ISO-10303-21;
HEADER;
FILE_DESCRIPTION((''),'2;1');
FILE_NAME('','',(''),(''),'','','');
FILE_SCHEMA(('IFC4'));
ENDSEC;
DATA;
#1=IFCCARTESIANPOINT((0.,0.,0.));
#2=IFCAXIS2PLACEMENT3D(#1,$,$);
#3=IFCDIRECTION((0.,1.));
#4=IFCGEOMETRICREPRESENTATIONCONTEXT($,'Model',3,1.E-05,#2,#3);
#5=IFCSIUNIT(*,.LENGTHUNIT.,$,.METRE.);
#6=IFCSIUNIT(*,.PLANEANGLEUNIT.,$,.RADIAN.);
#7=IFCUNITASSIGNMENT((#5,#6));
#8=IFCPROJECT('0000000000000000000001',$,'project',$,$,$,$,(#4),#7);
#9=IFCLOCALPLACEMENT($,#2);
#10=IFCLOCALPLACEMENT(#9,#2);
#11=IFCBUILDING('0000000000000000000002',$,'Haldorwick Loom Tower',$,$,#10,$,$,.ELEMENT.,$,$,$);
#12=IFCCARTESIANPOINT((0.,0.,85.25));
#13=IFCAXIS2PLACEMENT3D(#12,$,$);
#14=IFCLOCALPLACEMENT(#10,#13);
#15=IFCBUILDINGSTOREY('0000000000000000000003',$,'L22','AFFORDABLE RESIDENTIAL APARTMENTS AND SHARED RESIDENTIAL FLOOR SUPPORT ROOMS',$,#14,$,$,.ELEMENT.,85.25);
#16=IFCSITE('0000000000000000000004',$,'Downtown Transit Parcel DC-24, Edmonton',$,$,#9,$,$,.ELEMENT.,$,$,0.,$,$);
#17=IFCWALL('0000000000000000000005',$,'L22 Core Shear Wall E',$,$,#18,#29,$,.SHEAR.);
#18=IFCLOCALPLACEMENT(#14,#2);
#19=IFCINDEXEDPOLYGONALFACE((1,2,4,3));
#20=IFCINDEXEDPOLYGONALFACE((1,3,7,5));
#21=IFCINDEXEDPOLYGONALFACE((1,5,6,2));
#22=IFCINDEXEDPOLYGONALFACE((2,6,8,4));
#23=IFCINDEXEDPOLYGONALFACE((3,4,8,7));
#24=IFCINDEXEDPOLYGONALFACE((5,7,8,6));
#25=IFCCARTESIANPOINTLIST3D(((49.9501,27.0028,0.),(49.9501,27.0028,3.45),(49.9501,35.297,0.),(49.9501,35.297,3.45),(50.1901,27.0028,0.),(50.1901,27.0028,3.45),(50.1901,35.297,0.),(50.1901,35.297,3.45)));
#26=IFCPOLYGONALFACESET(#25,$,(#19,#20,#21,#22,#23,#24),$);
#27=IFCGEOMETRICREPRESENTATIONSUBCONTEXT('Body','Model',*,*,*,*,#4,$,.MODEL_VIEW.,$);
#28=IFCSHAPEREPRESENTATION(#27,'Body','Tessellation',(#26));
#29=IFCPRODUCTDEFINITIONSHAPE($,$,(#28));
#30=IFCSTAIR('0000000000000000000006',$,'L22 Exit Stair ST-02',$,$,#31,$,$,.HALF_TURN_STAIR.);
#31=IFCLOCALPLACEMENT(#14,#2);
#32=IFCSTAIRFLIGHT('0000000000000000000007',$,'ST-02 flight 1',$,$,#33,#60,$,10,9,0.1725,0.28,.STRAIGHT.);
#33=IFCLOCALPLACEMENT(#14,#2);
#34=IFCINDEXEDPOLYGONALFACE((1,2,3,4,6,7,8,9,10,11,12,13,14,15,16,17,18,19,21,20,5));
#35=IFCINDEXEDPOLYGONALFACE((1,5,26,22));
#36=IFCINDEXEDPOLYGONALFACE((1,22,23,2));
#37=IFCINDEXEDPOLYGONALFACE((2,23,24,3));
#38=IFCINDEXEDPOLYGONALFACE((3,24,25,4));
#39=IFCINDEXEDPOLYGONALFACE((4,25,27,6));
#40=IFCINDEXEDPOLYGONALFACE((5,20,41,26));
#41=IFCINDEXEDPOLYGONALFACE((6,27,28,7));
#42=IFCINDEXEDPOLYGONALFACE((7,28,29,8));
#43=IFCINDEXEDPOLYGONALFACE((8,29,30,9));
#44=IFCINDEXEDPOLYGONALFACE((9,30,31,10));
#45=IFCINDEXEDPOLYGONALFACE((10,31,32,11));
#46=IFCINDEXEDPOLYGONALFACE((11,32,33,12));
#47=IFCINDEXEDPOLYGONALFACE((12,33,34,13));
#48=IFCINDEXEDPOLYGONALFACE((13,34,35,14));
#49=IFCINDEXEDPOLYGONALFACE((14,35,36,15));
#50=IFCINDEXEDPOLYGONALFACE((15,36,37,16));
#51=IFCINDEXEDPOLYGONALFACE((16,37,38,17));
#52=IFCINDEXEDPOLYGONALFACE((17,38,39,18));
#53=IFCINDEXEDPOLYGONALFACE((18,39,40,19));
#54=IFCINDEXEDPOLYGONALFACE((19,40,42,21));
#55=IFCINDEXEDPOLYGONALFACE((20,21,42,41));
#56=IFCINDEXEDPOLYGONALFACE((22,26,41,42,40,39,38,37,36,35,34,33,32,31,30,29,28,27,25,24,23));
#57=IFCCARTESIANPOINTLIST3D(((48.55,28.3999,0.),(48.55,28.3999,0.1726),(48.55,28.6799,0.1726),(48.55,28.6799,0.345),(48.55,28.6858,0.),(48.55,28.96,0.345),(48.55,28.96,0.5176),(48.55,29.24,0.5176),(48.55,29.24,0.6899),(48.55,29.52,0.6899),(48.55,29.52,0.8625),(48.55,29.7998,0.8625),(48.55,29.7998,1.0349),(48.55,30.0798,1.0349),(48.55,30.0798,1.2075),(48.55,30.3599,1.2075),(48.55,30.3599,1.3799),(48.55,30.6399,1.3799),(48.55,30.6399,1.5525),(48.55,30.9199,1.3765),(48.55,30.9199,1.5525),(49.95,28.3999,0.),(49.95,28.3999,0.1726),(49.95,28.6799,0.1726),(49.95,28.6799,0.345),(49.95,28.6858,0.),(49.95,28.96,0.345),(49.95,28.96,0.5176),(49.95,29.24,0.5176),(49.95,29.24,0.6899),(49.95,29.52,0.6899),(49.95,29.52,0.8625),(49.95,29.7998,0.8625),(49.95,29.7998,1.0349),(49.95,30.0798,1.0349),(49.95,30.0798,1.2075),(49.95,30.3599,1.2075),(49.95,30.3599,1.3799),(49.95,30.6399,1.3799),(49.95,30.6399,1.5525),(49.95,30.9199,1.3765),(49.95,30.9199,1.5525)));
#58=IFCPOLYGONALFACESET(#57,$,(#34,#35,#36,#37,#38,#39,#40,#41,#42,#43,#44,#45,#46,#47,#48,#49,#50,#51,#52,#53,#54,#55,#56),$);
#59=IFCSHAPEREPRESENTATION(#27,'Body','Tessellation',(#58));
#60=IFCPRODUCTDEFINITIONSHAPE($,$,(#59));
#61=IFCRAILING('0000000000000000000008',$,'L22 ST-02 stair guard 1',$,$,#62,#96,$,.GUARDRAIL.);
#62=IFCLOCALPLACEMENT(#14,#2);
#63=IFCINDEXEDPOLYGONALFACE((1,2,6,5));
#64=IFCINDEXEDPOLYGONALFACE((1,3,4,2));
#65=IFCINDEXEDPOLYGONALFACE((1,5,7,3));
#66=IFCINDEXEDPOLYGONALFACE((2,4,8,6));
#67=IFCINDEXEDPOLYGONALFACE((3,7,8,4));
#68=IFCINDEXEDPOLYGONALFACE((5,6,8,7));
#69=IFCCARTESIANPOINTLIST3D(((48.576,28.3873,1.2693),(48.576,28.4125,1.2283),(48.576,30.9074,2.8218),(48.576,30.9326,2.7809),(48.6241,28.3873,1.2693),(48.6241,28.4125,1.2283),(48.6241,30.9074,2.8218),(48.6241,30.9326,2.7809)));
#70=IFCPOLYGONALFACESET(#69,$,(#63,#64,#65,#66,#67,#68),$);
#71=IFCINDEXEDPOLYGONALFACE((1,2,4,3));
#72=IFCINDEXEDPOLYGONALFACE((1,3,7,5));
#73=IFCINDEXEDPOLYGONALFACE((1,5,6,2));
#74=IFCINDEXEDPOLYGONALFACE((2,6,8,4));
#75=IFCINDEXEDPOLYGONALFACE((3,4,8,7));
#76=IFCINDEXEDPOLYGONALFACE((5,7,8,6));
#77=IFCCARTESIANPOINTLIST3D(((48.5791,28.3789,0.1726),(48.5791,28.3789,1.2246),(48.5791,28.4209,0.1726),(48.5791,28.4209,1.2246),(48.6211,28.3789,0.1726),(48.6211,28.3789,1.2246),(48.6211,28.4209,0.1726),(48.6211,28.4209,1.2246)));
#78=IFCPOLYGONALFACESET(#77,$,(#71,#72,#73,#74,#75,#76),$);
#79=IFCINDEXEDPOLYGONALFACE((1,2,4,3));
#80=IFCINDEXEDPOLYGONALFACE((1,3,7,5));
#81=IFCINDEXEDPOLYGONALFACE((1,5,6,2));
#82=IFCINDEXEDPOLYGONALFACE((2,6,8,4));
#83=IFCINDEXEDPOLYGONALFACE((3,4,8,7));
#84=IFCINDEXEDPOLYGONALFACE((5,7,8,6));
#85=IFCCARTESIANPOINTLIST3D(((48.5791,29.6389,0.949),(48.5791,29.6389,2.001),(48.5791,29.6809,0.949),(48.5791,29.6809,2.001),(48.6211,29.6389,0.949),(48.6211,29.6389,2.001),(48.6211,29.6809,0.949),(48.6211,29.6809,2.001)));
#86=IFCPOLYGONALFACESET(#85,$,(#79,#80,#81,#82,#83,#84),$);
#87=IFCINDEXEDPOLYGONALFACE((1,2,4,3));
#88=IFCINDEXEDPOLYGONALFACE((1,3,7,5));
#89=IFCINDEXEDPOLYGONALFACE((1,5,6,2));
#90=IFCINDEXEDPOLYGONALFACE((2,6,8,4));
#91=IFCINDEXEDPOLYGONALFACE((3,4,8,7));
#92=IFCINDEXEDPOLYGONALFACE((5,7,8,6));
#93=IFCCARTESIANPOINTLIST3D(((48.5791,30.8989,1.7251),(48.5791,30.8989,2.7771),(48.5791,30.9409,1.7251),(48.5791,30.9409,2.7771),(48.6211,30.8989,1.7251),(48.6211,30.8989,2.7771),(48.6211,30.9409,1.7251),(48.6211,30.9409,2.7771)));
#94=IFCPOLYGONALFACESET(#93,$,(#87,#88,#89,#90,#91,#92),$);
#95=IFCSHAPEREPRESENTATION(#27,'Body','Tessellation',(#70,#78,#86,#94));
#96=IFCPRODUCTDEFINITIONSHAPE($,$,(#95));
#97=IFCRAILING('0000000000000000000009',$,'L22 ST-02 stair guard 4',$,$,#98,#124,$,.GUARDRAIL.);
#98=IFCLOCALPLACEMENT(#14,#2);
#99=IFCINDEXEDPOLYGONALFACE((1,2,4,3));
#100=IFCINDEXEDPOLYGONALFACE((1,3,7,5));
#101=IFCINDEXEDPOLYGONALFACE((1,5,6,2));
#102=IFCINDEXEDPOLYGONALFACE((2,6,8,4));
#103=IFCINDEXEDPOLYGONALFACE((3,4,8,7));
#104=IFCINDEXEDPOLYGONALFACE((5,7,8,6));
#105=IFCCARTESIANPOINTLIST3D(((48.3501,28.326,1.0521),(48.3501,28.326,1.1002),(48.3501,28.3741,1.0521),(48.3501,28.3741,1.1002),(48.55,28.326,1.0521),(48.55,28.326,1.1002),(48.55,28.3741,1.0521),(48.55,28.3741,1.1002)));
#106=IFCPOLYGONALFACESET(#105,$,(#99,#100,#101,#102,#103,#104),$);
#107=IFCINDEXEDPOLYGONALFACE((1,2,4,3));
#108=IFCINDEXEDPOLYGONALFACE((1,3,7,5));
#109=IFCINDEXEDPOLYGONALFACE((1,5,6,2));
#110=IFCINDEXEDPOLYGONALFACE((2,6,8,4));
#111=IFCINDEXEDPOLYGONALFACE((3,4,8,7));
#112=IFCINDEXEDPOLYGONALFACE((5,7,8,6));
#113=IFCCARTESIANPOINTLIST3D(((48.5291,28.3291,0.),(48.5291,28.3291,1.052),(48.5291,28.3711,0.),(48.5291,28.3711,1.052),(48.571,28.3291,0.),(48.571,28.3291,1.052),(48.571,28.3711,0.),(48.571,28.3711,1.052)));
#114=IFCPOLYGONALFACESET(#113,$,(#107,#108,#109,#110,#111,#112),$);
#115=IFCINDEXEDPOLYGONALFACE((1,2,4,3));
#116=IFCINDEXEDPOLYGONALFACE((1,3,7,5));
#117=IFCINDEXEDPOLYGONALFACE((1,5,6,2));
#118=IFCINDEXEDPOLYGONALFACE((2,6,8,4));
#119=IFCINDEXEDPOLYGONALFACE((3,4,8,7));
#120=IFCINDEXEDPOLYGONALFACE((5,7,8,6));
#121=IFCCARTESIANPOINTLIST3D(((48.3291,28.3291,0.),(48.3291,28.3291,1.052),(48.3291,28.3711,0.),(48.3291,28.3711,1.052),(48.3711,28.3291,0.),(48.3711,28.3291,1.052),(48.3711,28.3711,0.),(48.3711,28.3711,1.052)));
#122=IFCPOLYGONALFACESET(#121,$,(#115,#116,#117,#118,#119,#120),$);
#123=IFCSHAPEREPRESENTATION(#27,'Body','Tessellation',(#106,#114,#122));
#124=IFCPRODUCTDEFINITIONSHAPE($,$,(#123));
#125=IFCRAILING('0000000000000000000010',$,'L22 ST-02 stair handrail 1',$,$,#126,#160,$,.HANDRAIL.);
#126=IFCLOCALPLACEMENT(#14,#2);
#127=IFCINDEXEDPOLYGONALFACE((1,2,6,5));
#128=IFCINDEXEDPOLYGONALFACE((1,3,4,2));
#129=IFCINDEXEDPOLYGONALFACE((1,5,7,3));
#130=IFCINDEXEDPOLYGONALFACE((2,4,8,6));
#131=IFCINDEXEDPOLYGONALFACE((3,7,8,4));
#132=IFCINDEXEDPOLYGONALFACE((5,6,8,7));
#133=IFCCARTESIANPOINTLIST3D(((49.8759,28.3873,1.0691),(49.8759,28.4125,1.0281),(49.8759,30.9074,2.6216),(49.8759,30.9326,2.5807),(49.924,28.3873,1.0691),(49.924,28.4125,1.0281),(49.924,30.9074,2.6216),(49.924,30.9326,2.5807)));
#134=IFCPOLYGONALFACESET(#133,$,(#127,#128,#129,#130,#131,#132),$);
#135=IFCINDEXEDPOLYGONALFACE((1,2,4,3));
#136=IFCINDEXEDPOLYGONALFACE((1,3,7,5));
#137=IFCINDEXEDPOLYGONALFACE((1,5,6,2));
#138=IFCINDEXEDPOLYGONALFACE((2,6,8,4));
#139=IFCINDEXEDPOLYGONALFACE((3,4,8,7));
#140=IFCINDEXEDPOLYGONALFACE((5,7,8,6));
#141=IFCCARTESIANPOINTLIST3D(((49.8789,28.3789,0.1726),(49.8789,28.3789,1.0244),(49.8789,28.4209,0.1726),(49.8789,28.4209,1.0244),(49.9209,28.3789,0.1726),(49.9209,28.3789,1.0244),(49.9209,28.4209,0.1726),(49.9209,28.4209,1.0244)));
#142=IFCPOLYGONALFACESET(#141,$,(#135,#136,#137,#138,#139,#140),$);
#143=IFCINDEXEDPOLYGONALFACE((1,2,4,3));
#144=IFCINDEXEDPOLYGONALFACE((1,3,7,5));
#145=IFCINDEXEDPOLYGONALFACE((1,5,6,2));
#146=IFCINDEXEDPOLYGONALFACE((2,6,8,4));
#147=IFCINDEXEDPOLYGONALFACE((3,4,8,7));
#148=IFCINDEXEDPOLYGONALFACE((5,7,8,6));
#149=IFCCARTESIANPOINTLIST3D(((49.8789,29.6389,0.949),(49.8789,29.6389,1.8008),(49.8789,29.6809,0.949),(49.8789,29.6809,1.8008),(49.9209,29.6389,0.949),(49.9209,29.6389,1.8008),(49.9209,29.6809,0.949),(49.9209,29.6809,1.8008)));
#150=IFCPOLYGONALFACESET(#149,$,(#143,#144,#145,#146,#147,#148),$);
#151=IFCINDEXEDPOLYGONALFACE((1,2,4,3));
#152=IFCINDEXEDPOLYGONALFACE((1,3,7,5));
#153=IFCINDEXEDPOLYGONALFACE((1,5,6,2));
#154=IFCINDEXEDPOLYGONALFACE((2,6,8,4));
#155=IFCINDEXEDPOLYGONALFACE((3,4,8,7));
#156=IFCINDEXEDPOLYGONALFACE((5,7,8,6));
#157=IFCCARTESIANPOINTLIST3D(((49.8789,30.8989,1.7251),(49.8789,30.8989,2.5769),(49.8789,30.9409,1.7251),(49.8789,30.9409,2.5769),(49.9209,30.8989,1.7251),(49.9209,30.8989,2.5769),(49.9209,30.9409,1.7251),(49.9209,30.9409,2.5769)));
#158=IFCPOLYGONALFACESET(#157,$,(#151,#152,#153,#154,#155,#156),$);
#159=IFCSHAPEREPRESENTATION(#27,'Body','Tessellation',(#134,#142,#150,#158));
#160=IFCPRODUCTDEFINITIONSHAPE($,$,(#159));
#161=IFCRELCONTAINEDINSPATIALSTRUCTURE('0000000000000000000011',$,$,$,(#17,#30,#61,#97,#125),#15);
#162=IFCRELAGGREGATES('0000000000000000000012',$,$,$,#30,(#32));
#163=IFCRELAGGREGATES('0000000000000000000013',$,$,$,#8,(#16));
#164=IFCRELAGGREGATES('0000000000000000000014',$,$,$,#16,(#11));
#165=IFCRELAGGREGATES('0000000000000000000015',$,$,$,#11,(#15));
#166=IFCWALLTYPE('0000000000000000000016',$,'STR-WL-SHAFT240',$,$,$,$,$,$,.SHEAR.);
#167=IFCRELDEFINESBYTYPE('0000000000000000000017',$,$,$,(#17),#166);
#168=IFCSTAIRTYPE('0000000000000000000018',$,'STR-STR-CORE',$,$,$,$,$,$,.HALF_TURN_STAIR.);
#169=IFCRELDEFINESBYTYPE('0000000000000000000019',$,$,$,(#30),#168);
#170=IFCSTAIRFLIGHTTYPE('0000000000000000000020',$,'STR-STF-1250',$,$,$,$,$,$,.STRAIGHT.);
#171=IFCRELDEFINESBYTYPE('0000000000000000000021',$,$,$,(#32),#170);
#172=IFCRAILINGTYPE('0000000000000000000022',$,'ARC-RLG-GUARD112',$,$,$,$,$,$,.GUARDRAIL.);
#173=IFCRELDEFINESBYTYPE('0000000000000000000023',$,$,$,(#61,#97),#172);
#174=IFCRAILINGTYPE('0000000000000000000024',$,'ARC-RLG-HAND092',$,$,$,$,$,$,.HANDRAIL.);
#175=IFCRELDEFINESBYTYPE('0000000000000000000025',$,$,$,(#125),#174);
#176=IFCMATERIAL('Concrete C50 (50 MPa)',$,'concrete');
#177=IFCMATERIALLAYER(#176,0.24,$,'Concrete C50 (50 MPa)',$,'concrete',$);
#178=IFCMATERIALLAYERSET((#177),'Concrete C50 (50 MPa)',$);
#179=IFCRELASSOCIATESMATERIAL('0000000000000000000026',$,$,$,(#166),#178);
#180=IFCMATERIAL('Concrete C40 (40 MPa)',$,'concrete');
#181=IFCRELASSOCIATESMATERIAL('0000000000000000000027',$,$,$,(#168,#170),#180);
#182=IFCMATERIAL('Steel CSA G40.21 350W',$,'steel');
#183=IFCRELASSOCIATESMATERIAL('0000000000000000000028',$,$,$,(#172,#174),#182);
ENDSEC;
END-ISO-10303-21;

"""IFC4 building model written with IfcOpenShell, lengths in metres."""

from ifc_helpers import new_model, si_unit, direction, frame, frame_2d, origin, origin_2d, place, context, subcontext, project, spatial, polyline, rectangle, outline, extrude, material, layer, layer_set, type_object, element, aggregate, save


model = new_model("IFC4")

# Units and contexts
model_context = context("Model", 3, precision=1e-05, world=origin(), true_north=direction((0.0, 1.0)))
body_context = subcontext(model_context, "Body", "Model", "MODEL_VIEW")
ifc_project = project(units=[si_unit("LENGTHUNIT", "METRE"), si_unit("PLANEANGLEUNIT", "RADIAN")], contexts=[model_context])

# Site, building, storey
site_placement = place(None, origin())
site = spatial("IfcSite", under=ifc_project, at=site_placement, Name="Downtown Transit Parcel DC-24, Edmonton", CompositionType="ELEMENT", RefElevation=0.0)
building_placement = place(site_placement, origin())
building = spatial("IfcBuilding", under=site, at=building_placement, Name="Haldorwick Loom Tower", CompositionType="ELEMENT")
storey_placement = place(building_placement, frame((0.0, 0.0, 85.25)))
storey = spatial("IfcBuildingStorey", under=building, at=storey_placement, Name="L22", Description="AFFORDABLE RESIDENTIAL APARTMENTS AND SHARED RESIDENTIAL FLOOR SUPPORT ROOMS", CompositionType="ELEMENT", Elevation=85.25)

# Shared definitions
ifc_material_1 = material(Name="Steel CSA G40.21 350W", Category="steel")

# Wall
ifc_material_2 = material(Name="Concrete C50 (50 MPa)", Category="concrete")
ifc_layer_1 = layer(ifc_material_2, 0.24, Name="Concrete C50 (50 MPa)", Category="concrete")
ifc_layer_set_1 = layer_set([ifc_layer_1], Name="Concrete C50 (50 MPa)")
wall_type_1 = type_object("IfcWallType", Name="STR-WL-SHAFT240", PredefinedType="SHEAR", material=ifc_layer_set_1)
wall_1_placement = place(storey_placement, frame((50.0701, 27.0029, 0.0), z_axis=(0.0, 0.0, 1.0), x_axis=(0.0, 1.0, 0.0)))
element("IfcWall", 1, at=wall_1_placement, inside=storey, type_object=wall_type_1, Name="L22 Core Shear Wall E", PredefinedType="SHEAR", context=body_context, shape_type="SweptSolid", body=[
    extrude(rectangle(XDim=8.2942, YDim=0.24, at=frame_2d((4.147, 0.0))), origin(), (0.0, 0.0, 1.0), 3.45),
])

# Stair, stair flight
ifc_material_3 = material(Name="Concrete C40 (40 MPa)", Category="concrete")
stair_type = type_object("IfcStairType", Name="STR-STR-CORE", PredefinedType="HALF_TURN_STAIR", material=ifc_material_3)
stair_placement = place(storey_placement, origin())
stair = element("IfcStair", 2, at=stair_placement, inside=storey, type_object=stair_type, Name="L22 Exit Stair ST-02", PredefinedType="HALF_TURN_STAIR")
stair_flight_type = type_object("IfcStairFlightType", Name="STR-STF-1250", PredefinedType="STRAIGHT", material=ifc_material_3)
stair_flight_placement = place(storey_placement, frame((49.25, 28.3999, 0.0), z_axis=(0.0, 0.0, 1.0), x_axis=(0.0, 1.0, 0.0)))
stair_flight = element("IfcStairFlight", 3, at=stair_flight_placement, type_object=stair_flight_type, Name="ST-02 flight 1", NumberOfRisers=10, NumberOfTreads=9, PredefinedType="STRAIGHT", RiserHeight=0.1725, TreadLength=0.28, context=body_context, shape_type="SweptSolid", body=[
    extrude(outline(polyline([(0.0, 0.0), (0.0, 0.1726), (0.28, 0.1726), (0.28, 0.345), (0.5601, 0.345), (0.5601, 0.5176), (0.8401, 0.5176), (0.8401, 0.6899), (1.1201, 0.6899), (1.1201, 0.8625), (1.3999, 0.8625), (1.3999, 1.0349), (1.6799, 1.0349), (1.6799, 1.2075), (1.96, 1.2075), (1.96, 1.3799), (2.24, 1.3799), (2.24, 1.5525), (2.52, 1.5525), (2.52, 1.7251), (2.52, 1.3765), (0.2859, 0.0), (0.0, 0.0)])), frame((0.0, 0.7, 0.0), z_axis=(0.0, -1.0, 0.0), x_axis=(1.0, 0.0, 0.0)), (0.0, 0.0, 1.0), 1.3999),
])
aggregate(stair, [stair_flight])

# Railings
railing_type_1 = type_object("IfcRailingType", Name="ARC-RLG-GUARD112", PredefinedType="GUARDRAIL", material=ifc_material_1)
railing_1_placement = place(storey_placement, frame((48.6001, 28.3999, 0.1726)))
element("IfcRailing", 4, at=railing_1_placement, inside=storey, type_object=railing_type_1, Name="L22 ST-02 stair guard 1", PredefinedType="GUARDRAIL", context=body_context, shape_type="SweptSolid", body=[
    extrude(rectangle(XDim=0.0481, YDim=0.0481, at=origin_2d()), frame((0.0, 0.0, 1.0762), z_axis=(0.0, 0.8514, 0.524516), x_axis=(-1.0, 0.0, 0.0)), (0.0, 0.0, 1.0), 2.96),
    extrude(rectangle(XDim=0.042, YDim=0.042, at=origin_2d()), origin(), (0.0, 0.0, 1.0), 1.052),
    extrude(rectangle(XDim=0.042, YDim=0.042, at=origin_2d()), frame((0.0, 1.26, 0.7764)), (0.0, 0.0, 1.0), 1.052),
    extrude(rectangle(XDim=0.042, YDim=0.042, at=origin_2d()), frame((0.0, 2.52, 1.5525)), (0.0, 0.0, 1.0), 1.052),
])
railing_2_placement = place(storey_placement, frame((48.55, 28.3501, 0.0)))
element("IfcRailing", 5, at=railing_2_placement, inside=storey, type_object=railing_type_1, Name="L22 ST-02 stair guard 4", PredefinedType="GUARDRAIL", context=body_context, shape_type="SweptSolid", body=[
    extrude(rectangle(XDim=0.0481, YDim=0.0481, at=origin_2d()), frame((0.0, 0.0, 1.0762), z_axis=(-1.0, 0.0, 0.0), x_axis=(0.0, -1.0, 0.0)), (0.0, 0.0, 1.0), 0.2),
    extrude(rectangle(XDim=0.042, YDim=0.042, at=origin_2d()), origin(), (0.0, 0.0, 1.0), 1.052),
    extrude(rectangle(XDim=0.042, YDim=0.042, at=origin_2d()), frame((-0.2, 0.0, 0.0)), (0.0, 0.0, 1.0), 1.052),
])
railing_type_2 = type_object("IfcRailingType", Name="ARC-RLG-HAND092", PredefinedType="HANDRAIL", material=ifc_material_1)
railing_3_placement = place(storey_placement, frame((49.8999, 28.3999, 0.1726)))
element("IfcRailing", 6, at=railing_3_placement, inside=storey, type_object=railing_type_2, Name="L22 ST-02 stair handrail 1", PredefinedType="HANDRAIL", context=body_context, shape_type="SweptSolid", body=[
    extrude(rectangle(XDim=0.0481, YDim=0.0481, at=origin_2d()), frame((0.0, 0.0, 0.876), z_axis=(0.0, 0.8514, 0.524516), x_axis=(-1.0, 0.0, 0.0)), (0.0, 0.0, 1.0), 2.96),
    extrude(rectangle(XDim=0.042, YDim=0.042, at=origin_2d()), origin(), (0.0, 0.0, 1.0), 0.8518),
    extrude(rectangle(XDim=0.042, YDim=0.042, at=origin_2d()), frame((0.0, 1.26, 0.7764)), (0.0, 0.0, 1.0), 0.8518),
    extrude(rectangle(XDim=0.042, YDim=0.042, at=origin_2d()), frame((0.0, 2.52, 1.5525)), (0.0, 0.0, 1.0), 0.8518),
])

save(model, "model.ifc")
